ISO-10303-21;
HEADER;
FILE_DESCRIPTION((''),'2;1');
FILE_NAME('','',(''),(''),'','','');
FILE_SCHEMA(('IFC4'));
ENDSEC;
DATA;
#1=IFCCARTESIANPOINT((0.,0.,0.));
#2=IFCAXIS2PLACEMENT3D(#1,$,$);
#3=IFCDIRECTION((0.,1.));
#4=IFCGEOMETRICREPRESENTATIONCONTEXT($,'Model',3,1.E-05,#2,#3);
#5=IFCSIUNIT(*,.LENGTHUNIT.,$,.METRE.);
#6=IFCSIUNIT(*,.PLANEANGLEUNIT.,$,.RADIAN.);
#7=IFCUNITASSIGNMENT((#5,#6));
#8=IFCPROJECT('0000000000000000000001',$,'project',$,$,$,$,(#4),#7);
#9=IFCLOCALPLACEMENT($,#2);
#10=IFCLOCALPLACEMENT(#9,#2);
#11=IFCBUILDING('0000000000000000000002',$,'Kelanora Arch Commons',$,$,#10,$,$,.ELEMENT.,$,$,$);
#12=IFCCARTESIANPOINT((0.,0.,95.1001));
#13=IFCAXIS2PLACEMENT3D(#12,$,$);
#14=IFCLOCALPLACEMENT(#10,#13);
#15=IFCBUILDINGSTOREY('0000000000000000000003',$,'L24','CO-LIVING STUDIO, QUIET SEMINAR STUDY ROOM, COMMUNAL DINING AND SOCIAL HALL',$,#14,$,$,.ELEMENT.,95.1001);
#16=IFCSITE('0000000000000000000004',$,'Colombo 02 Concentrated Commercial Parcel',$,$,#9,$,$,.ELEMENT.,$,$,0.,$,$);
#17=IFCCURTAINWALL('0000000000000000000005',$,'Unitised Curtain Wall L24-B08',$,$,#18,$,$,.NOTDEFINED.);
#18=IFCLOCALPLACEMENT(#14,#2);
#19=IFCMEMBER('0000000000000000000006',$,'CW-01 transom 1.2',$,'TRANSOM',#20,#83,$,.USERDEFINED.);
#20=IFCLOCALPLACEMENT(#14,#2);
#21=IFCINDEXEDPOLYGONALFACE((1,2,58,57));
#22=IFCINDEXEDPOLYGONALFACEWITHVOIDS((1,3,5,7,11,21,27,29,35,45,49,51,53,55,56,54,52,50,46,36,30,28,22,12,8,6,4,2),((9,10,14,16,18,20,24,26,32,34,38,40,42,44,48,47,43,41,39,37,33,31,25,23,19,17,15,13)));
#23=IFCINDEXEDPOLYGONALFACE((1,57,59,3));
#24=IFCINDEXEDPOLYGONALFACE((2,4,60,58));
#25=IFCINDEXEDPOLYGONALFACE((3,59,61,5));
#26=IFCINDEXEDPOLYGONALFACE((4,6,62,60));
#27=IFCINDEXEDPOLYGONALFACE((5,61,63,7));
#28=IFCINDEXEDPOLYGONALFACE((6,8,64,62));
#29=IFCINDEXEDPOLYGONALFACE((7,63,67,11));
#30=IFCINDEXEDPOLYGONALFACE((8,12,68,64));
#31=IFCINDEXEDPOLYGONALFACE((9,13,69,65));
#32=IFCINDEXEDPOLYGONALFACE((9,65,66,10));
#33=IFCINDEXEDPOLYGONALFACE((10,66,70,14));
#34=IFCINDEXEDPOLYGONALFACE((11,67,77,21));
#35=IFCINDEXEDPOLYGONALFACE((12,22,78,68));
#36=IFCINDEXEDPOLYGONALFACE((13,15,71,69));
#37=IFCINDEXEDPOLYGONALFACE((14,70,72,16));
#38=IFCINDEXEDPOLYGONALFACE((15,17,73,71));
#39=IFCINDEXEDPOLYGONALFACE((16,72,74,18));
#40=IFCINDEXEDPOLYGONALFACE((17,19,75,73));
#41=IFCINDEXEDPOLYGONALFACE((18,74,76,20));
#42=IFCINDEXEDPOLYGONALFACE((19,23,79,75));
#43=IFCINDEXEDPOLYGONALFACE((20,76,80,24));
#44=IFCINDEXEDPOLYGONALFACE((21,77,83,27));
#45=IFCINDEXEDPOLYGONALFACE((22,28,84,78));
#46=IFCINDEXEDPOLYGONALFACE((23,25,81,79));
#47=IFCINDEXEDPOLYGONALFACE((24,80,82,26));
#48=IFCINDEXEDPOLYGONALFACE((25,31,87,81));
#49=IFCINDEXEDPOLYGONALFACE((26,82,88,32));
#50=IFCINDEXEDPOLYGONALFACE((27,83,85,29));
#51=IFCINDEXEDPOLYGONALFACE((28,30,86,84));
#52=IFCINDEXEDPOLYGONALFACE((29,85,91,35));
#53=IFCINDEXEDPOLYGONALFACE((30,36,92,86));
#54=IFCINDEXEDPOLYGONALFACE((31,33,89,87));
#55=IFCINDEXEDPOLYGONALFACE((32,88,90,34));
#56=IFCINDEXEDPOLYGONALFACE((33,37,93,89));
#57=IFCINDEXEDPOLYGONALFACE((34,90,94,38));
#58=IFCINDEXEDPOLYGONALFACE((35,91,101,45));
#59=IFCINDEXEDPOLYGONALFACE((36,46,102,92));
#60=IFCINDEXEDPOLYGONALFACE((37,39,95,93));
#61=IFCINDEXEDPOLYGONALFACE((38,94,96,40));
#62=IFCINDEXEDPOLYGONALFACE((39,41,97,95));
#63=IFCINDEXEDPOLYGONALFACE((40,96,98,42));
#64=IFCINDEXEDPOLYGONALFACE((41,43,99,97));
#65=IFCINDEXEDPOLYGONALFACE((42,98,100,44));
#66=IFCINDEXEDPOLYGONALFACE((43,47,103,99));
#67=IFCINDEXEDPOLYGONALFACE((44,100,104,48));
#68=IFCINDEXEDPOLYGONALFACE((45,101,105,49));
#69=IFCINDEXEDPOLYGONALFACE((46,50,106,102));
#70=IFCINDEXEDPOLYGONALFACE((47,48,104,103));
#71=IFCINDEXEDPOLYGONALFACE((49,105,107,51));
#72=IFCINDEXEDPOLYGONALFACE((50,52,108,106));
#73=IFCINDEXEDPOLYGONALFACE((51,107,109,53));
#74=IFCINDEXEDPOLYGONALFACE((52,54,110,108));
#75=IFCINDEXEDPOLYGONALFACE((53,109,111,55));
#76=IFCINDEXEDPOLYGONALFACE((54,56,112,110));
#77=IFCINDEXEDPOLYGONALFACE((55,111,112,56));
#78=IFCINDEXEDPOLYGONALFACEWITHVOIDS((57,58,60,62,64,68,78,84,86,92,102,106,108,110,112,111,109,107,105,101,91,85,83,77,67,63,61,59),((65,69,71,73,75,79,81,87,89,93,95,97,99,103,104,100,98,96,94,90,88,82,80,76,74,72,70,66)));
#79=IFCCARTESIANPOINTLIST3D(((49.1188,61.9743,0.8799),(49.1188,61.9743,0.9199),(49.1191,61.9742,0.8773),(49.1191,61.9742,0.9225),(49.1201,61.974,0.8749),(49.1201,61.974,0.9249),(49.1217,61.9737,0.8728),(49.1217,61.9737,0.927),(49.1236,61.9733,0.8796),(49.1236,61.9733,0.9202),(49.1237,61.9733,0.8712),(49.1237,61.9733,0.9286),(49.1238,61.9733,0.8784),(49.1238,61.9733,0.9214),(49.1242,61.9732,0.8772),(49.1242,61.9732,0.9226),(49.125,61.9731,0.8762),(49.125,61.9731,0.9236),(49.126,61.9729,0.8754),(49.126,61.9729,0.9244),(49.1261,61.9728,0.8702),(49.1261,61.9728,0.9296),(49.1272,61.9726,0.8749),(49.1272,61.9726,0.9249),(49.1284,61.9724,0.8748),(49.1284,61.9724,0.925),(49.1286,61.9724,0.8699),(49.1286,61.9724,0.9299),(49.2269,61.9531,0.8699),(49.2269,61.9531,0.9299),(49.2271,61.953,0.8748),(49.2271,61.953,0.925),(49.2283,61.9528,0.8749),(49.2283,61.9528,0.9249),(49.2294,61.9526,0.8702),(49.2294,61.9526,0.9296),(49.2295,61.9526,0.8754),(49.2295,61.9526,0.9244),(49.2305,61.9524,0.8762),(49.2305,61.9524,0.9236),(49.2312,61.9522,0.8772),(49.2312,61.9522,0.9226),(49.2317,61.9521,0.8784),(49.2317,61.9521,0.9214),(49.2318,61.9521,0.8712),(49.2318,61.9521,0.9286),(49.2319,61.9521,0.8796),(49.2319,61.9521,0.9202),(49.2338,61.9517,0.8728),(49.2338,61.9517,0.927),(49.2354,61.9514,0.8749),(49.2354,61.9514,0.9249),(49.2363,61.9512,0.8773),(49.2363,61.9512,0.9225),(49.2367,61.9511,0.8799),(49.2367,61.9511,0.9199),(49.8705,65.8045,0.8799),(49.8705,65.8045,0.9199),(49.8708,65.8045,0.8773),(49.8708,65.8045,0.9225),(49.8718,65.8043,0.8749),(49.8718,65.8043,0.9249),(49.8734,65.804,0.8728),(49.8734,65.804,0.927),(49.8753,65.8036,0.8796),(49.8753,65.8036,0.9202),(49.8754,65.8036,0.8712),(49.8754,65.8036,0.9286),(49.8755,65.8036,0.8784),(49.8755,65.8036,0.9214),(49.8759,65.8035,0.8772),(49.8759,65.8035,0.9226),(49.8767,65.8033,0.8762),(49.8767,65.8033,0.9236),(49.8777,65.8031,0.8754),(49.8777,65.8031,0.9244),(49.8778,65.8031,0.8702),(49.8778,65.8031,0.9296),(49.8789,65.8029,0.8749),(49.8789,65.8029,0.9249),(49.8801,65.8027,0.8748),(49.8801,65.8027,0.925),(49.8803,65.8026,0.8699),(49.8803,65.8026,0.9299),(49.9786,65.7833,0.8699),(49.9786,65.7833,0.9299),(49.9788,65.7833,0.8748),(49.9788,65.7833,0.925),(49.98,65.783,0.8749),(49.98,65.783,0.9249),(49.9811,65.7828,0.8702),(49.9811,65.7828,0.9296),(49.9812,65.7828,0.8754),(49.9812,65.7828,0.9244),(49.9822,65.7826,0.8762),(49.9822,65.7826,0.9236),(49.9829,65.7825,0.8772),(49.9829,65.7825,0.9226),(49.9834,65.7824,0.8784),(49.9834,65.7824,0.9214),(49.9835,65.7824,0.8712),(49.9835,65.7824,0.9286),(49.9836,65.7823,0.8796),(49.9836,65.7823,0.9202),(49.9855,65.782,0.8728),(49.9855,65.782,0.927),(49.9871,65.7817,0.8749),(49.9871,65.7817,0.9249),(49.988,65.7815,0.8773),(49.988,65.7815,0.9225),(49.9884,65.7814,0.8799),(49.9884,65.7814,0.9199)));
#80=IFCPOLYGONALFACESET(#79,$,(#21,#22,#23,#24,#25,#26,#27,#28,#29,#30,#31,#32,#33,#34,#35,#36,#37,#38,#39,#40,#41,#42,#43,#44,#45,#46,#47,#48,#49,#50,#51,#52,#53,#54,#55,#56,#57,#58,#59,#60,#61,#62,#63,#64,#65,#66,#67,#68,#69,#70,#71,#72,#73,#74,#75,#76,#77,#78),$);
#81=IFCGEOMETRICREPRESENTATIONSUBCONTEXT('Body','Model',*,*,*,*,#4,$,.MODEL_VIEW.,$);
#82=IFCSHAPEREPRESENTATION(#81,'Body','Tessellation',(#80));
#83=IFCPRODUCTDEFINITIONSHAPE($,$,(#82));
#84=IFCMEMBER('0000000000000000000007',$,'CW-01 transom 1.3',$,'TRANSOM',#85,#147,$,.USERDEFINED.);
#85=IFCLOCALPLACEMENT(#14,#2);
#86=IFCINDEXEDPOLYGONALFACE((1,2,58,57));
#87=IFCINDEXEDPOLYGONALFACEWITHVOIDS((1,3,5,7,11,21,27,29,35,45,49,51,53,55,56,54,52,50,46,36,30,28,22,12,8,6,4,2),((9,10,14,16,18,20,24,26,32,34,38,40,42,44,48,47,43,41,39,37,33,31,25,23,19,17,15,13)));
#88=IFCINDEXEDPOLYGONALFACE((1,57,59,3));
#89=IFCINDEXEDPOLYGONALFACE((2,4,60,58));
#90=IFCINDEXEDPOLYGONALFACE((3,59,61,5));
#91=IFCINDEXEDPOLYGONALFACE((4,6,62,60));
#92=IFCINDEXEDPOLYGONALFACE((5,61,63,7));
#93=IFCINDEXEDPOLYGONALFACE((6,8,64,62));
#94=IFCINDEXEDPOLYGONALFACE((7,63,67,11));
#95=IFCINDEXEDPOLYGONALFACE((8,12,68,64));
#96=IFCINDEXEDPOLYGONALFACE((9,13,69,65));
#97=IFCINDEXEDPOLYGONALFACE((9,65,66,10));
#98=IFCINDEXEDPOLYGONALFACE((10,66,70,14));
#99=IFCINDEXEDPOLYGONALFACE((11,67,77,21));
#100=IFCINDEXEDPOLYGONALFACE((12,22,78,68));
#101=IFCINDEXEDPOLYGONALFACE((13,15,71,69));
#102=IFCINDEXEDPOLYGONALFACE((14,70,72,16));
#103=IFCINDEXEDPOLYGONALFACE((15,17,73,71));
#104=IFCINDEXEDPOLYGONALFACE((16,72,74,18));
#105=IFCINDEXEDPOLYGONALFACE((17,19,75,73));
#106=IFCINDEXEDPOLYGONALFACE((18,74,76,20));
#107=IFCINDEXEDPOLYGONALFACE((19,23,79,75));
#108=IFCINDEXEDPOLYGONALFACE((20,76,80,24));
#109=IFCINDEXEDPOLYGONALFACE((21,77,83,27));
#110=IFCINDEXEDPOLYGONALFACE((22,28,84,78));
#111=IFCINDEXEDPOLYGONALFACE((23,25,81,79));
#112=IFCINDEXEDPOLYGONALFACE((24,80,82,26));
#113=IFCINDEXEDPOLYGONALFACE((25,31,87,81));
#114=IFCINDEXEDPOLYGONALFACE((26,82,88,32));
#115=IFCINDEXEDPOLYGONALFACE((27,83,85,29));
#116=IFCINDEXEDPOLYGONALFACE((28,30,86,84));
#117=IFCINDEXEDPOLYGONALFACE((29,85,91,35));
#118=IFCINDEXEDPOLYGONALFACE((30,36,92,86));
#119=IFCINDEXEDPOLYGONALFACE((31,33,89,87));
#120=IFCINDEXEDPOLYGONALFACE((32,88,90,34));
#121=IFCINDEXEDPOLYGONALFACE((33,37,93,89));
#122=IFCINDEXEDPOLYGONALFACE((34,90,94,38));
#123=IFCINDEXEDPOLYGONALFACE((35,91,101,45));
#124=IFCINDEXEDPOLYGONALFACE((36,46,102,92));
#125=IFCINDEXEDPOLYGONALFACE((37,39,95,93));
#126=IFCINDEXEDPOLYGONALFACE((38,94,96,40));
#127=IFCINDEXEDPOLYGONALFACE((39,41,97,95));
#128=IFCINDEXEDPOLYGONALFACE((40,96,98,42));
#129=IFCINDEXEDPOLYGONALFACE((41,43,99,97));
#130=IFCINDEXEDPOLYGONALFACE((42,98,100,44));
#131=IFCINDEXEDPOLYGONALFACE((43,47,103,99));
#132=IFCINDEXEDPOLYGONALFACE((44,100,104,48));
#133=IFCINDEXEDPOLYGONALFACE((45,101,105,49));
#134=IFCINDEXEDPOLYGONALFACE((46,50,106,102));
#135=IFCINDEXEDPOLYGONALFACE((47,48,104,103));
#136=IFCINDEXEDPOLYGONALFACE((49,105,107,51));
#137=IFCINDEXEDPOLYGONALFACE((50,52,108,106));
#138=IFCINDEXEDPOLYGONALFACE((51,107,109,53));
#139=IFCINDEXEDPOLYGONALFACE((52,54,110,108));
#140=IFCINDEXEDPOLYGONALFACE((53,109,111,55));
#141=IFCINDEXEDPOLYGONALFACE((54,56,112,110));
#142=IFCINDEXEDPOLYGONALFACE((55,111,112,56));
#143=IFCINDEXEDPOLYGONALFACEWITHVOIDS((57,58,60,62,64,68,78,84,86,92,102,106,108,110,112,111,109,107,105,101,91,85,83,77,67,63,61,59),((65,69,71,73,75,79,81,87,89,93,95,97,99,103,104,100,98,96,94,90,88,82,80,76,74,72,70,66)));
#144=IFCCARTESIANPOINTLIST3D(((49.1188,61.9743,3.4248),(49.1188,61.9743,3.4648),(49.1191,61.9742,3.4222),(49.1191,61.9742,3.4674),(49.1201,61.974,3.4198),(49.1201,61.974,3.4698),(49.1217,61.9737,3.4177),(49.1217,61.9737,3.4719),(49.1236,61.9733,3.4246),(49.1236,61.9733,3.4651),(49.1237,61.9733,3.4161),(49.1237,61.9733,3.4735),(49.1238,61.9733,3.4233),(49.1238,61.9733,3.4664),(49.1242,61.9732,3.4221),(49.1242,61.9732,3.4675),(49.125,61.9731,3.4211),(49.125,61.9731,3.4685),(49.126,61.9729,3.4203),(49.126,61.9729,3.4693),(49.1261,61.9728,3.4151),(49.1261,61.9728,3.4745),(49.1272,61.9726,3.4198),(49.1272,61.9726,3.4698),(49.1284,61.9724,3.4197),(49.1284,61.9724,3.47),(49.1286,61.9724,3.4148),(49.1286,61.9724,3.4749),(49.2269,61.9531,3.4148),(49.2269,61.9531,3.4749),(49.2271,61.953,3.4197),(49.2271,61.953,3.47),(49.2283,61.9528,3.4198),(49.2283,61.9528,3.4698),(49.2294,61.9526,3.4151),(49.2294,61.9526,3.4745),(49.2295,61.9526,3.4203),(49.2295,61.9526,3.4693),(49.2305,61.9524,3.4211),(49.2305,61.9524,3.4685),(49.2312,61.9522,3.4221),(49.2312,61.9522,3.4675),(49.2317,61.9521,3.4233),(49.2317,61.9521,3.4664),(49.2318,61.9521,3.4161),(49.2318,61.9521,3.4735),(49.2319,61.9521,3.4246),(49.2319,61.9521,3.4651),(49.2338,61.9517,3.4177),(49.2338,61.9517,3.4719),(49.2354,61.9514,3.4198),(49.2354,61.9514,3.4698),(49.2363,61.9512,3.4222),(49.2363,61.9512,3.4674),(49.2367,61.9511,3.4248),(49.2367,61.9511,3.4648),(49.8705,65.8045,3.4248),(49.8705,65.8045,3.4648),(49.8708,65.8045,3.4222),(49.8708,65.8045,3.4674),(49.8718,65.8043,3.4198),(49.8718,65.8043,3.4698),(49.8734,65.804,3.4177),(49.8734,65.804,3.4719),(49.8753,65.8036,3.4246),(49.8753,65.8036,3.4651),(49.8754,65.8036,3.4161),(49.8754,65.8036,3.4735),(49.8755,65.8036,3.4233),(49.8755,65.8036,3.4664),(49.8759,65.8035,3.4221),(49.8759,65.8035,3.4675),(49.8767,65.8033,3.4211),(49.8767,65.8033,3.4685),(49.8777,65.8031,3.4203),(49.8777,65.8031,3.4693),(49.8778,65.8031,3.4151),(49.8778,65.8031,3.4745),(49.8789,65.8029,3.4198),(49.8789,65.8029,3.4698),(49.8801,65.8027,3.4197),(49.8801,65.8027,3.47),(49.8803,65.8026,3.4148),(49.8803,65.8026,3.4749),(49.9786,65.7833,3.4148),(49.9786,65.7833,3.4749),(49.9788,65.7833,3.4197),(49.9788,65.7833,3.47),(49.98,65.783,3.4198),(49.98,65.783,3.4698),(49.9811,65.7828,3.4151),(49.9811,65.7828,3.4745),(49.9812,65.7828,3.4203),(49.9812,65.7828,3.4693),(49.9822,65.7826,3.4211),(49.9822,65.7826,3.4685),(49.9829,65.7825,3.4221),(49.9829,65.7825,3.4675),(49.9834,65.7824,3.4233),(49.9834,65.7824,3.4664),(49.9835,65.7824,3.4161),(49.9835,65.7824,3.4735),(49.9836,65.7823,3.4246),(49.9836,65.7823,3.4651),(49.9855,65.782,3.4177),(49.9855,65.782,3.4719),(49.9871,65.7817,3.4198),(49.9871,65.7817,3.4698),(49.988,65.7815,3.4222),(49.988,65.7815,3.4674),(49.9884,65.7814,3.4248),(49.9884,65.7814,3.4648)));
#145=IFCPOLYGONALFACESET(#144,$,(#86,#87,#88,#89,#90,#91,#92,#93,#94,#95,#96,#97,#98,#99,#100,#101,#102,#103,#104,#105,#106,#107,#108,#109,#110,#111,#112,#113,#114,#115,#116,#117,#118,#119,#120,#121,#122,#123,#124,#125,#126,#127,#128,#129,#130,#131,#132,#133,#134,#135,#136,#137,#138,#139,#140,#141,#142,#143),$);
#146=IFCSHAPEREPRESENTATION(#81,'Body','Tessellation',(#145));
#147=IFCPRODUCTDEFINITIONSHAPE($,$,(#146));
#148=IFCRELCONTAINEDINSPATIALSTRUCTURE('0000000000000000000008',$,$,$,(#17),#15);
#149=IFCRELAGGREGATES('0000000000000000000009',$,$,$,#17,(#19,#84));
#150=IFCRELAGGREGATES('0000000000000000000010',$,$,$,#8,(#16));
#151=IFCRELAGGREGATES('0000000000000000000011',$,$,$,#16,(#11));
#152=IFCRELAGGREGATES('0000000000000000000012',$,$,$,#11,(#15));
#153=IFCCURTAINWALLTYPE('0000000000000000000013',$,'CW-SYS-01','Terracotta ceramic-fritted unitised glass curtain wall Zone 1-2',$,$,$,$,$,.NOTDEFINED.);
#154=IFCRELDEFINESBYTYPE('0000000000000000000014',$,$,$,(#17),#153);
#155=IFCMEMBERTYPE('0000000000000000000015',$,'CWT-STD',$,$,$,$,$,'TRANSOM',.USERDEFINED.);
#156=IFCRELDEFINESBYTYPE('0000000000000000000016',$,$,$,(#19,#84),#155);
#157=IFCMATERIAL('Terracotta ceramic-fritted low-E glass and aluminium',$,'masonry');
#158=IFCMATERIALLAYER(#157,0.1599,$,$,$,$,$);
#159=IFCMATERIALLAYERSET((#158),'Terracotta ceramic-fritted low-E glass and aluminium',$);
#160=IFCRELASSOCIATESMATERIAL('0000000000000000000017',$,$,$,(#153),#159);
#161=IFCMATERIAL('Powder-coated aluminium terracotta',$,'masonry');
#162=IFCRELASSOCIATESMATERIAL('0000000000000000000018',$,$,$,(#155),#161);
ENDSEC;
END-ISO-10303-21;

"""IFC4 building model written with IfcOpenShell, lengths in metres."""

from ifc_helpers import new_model, si_unit, direction, frame, origin, origin_2d, place, context, subcontext, project, spatial, hollow_rectangle, extrude, material, layer, layer_set, material_profile, profile_set, type_object, element, aggregate, save


model = new_model("IFC4")

# Units and contexts
model_context = context("Model", 3, precision=1e-05, world=origin(), true_north=direction((0.0, 1.0)))
body_context = subcontext(model_context, "Body", "Model", "MODEL_VIEW")
ifc_project = project(units=[si_unit("LENGTHUNIT", "METRE"), si_unit("PLANEANGLEUNIT", "RADIAN")], contexts=[model_context])

# Site, building, storey
site_placement = place(None, origin())
site = spatial("IfcSite", under=ifc_project, at=site_placement, Name="Colombo 02 Concentrated Commercial Parcel", CompositionType="ELEMENT", RefElevation=0.0)
building_placement = place(site_placement, origin())
building = spatial("IfcBuilding", under=site, at=building_placement, Name="Kelanora Arch Commons", CompositionType="ELEMENT")
storey_placement = place(building_placement, frame((0.0, 0.0, 95.1001)))
storey = spatial("IfcBuildingStorey", under=building, at=storey_placement, Name="L24", Description="CO-LIVING STUDIO, QUIET SEMINAR STUDY ROOM, COMMUNAL DINING AND SOCIAL HALL", CompositionType="ELEMENT", Elevation=95.1001)

# Curtain wall, members
ifc_material_1 = material(Name="Terracotta ceramic-fritted low-E glass and aluminium", Category="masonry")
ifc_layer_1 = layer(ifc_material_1, 0.1599)
ifc_layer_set_1 = layer_set([ifc_layer_1], Name="Terracotta ceramic-fritted low-E glass and aluminium")
curtain_wall_type = type_object("IfcCurtainWallType", Name="CW-SYS-01", Description="Terracotta ceramic-fritted unitised glass curtain wall Zone 1-2", PredefinedType="NOTDEFINED", material=ifc_layer_set_1)
curtain_wall_placement = place(storey_placement, origin())
curtain_wall = element("IfcCurtainWall", 1, at=curtain_wall_placement, inside=storey, type_object=curtain_wall_type, Name="Unitised Curtain Wall L24-B08", PredefinedType="NOTDEFINED")
ifc_material_2 = material(Name="Powder-coated aluminium terracotta", Category="masonry")
ifc_material_profile_1 = material_profile(ifc_material_2, hollow_rectangle(XDim=0.1201, YDim=0.0601, WallThickness=0.0049, InnerFilletRadius=0.0049, OuterFilletRadius=0.01, at=origin_2d()), Name="CWT120x60")
ifc_profile_set_1 = profile_set([ifc_material_profile_1], Name="Powder-coated aluminium terracotta")
member_type_1 = type_object("IfcMemberType", Name="CWT-STD", ElementType="TRANSOM", PredefinedType="USERDEFINED", material=ifc_profile_set_1)
member_1_placement = place(storey_placement, frame((49.9294, 65.793, 0.8999), z_axis=(-0.192579, -0.981282, 0.0), x_axis=(0.981282, -0.192579, 0.0)))
member_1 = element("IfcMember", 2, at=member_1_placement, type_object=member_type_1, Name="CW-01 transom 1.2", ObjectType="TRANSOM", PredefinedType="USERDEFINED", context=body_context, shape_type="SweptSolid", body=[
    extrude(hollow_rectangle(XDim=0.1201, YDim=0.0601, WallThickness=0.0049, InnerFilletRadius=0.0049, OuterFilletRadius=0.01, at=origin_2d()), origin(), (0.0, 0.0, 1.0), 3.9033),
])
member_2_placement = place(storey_placement, frame((49.9294, 65.793, 3.4448), z_axis=(-0.192579, -0.981282, 0.0), x_axis=(0.981282, -0.192579, 0.0)))
member_2 = element("IfcMember", 3, at=member_2_placement, type_object=member_type_1, Name="CW-01 transom 1.3", ObjectType="TRANSOM", PredefinedType="USERDEFINED", context=body_context, shape_type="SweptSolid", body=[
    extrude(hollow_rectangle(XDim=0.1201, YDim=0.0601, WallThickness=0.0049, InnerFilletRadius=0.0049, OuterFilletRadius=0.01, at=origin_2d()), origin(), (0.0, 0.0, 1.0), 3.9033),
])
aggregate(curtain_wall, [member_1, member_2])

save(model, "model.ifc")
